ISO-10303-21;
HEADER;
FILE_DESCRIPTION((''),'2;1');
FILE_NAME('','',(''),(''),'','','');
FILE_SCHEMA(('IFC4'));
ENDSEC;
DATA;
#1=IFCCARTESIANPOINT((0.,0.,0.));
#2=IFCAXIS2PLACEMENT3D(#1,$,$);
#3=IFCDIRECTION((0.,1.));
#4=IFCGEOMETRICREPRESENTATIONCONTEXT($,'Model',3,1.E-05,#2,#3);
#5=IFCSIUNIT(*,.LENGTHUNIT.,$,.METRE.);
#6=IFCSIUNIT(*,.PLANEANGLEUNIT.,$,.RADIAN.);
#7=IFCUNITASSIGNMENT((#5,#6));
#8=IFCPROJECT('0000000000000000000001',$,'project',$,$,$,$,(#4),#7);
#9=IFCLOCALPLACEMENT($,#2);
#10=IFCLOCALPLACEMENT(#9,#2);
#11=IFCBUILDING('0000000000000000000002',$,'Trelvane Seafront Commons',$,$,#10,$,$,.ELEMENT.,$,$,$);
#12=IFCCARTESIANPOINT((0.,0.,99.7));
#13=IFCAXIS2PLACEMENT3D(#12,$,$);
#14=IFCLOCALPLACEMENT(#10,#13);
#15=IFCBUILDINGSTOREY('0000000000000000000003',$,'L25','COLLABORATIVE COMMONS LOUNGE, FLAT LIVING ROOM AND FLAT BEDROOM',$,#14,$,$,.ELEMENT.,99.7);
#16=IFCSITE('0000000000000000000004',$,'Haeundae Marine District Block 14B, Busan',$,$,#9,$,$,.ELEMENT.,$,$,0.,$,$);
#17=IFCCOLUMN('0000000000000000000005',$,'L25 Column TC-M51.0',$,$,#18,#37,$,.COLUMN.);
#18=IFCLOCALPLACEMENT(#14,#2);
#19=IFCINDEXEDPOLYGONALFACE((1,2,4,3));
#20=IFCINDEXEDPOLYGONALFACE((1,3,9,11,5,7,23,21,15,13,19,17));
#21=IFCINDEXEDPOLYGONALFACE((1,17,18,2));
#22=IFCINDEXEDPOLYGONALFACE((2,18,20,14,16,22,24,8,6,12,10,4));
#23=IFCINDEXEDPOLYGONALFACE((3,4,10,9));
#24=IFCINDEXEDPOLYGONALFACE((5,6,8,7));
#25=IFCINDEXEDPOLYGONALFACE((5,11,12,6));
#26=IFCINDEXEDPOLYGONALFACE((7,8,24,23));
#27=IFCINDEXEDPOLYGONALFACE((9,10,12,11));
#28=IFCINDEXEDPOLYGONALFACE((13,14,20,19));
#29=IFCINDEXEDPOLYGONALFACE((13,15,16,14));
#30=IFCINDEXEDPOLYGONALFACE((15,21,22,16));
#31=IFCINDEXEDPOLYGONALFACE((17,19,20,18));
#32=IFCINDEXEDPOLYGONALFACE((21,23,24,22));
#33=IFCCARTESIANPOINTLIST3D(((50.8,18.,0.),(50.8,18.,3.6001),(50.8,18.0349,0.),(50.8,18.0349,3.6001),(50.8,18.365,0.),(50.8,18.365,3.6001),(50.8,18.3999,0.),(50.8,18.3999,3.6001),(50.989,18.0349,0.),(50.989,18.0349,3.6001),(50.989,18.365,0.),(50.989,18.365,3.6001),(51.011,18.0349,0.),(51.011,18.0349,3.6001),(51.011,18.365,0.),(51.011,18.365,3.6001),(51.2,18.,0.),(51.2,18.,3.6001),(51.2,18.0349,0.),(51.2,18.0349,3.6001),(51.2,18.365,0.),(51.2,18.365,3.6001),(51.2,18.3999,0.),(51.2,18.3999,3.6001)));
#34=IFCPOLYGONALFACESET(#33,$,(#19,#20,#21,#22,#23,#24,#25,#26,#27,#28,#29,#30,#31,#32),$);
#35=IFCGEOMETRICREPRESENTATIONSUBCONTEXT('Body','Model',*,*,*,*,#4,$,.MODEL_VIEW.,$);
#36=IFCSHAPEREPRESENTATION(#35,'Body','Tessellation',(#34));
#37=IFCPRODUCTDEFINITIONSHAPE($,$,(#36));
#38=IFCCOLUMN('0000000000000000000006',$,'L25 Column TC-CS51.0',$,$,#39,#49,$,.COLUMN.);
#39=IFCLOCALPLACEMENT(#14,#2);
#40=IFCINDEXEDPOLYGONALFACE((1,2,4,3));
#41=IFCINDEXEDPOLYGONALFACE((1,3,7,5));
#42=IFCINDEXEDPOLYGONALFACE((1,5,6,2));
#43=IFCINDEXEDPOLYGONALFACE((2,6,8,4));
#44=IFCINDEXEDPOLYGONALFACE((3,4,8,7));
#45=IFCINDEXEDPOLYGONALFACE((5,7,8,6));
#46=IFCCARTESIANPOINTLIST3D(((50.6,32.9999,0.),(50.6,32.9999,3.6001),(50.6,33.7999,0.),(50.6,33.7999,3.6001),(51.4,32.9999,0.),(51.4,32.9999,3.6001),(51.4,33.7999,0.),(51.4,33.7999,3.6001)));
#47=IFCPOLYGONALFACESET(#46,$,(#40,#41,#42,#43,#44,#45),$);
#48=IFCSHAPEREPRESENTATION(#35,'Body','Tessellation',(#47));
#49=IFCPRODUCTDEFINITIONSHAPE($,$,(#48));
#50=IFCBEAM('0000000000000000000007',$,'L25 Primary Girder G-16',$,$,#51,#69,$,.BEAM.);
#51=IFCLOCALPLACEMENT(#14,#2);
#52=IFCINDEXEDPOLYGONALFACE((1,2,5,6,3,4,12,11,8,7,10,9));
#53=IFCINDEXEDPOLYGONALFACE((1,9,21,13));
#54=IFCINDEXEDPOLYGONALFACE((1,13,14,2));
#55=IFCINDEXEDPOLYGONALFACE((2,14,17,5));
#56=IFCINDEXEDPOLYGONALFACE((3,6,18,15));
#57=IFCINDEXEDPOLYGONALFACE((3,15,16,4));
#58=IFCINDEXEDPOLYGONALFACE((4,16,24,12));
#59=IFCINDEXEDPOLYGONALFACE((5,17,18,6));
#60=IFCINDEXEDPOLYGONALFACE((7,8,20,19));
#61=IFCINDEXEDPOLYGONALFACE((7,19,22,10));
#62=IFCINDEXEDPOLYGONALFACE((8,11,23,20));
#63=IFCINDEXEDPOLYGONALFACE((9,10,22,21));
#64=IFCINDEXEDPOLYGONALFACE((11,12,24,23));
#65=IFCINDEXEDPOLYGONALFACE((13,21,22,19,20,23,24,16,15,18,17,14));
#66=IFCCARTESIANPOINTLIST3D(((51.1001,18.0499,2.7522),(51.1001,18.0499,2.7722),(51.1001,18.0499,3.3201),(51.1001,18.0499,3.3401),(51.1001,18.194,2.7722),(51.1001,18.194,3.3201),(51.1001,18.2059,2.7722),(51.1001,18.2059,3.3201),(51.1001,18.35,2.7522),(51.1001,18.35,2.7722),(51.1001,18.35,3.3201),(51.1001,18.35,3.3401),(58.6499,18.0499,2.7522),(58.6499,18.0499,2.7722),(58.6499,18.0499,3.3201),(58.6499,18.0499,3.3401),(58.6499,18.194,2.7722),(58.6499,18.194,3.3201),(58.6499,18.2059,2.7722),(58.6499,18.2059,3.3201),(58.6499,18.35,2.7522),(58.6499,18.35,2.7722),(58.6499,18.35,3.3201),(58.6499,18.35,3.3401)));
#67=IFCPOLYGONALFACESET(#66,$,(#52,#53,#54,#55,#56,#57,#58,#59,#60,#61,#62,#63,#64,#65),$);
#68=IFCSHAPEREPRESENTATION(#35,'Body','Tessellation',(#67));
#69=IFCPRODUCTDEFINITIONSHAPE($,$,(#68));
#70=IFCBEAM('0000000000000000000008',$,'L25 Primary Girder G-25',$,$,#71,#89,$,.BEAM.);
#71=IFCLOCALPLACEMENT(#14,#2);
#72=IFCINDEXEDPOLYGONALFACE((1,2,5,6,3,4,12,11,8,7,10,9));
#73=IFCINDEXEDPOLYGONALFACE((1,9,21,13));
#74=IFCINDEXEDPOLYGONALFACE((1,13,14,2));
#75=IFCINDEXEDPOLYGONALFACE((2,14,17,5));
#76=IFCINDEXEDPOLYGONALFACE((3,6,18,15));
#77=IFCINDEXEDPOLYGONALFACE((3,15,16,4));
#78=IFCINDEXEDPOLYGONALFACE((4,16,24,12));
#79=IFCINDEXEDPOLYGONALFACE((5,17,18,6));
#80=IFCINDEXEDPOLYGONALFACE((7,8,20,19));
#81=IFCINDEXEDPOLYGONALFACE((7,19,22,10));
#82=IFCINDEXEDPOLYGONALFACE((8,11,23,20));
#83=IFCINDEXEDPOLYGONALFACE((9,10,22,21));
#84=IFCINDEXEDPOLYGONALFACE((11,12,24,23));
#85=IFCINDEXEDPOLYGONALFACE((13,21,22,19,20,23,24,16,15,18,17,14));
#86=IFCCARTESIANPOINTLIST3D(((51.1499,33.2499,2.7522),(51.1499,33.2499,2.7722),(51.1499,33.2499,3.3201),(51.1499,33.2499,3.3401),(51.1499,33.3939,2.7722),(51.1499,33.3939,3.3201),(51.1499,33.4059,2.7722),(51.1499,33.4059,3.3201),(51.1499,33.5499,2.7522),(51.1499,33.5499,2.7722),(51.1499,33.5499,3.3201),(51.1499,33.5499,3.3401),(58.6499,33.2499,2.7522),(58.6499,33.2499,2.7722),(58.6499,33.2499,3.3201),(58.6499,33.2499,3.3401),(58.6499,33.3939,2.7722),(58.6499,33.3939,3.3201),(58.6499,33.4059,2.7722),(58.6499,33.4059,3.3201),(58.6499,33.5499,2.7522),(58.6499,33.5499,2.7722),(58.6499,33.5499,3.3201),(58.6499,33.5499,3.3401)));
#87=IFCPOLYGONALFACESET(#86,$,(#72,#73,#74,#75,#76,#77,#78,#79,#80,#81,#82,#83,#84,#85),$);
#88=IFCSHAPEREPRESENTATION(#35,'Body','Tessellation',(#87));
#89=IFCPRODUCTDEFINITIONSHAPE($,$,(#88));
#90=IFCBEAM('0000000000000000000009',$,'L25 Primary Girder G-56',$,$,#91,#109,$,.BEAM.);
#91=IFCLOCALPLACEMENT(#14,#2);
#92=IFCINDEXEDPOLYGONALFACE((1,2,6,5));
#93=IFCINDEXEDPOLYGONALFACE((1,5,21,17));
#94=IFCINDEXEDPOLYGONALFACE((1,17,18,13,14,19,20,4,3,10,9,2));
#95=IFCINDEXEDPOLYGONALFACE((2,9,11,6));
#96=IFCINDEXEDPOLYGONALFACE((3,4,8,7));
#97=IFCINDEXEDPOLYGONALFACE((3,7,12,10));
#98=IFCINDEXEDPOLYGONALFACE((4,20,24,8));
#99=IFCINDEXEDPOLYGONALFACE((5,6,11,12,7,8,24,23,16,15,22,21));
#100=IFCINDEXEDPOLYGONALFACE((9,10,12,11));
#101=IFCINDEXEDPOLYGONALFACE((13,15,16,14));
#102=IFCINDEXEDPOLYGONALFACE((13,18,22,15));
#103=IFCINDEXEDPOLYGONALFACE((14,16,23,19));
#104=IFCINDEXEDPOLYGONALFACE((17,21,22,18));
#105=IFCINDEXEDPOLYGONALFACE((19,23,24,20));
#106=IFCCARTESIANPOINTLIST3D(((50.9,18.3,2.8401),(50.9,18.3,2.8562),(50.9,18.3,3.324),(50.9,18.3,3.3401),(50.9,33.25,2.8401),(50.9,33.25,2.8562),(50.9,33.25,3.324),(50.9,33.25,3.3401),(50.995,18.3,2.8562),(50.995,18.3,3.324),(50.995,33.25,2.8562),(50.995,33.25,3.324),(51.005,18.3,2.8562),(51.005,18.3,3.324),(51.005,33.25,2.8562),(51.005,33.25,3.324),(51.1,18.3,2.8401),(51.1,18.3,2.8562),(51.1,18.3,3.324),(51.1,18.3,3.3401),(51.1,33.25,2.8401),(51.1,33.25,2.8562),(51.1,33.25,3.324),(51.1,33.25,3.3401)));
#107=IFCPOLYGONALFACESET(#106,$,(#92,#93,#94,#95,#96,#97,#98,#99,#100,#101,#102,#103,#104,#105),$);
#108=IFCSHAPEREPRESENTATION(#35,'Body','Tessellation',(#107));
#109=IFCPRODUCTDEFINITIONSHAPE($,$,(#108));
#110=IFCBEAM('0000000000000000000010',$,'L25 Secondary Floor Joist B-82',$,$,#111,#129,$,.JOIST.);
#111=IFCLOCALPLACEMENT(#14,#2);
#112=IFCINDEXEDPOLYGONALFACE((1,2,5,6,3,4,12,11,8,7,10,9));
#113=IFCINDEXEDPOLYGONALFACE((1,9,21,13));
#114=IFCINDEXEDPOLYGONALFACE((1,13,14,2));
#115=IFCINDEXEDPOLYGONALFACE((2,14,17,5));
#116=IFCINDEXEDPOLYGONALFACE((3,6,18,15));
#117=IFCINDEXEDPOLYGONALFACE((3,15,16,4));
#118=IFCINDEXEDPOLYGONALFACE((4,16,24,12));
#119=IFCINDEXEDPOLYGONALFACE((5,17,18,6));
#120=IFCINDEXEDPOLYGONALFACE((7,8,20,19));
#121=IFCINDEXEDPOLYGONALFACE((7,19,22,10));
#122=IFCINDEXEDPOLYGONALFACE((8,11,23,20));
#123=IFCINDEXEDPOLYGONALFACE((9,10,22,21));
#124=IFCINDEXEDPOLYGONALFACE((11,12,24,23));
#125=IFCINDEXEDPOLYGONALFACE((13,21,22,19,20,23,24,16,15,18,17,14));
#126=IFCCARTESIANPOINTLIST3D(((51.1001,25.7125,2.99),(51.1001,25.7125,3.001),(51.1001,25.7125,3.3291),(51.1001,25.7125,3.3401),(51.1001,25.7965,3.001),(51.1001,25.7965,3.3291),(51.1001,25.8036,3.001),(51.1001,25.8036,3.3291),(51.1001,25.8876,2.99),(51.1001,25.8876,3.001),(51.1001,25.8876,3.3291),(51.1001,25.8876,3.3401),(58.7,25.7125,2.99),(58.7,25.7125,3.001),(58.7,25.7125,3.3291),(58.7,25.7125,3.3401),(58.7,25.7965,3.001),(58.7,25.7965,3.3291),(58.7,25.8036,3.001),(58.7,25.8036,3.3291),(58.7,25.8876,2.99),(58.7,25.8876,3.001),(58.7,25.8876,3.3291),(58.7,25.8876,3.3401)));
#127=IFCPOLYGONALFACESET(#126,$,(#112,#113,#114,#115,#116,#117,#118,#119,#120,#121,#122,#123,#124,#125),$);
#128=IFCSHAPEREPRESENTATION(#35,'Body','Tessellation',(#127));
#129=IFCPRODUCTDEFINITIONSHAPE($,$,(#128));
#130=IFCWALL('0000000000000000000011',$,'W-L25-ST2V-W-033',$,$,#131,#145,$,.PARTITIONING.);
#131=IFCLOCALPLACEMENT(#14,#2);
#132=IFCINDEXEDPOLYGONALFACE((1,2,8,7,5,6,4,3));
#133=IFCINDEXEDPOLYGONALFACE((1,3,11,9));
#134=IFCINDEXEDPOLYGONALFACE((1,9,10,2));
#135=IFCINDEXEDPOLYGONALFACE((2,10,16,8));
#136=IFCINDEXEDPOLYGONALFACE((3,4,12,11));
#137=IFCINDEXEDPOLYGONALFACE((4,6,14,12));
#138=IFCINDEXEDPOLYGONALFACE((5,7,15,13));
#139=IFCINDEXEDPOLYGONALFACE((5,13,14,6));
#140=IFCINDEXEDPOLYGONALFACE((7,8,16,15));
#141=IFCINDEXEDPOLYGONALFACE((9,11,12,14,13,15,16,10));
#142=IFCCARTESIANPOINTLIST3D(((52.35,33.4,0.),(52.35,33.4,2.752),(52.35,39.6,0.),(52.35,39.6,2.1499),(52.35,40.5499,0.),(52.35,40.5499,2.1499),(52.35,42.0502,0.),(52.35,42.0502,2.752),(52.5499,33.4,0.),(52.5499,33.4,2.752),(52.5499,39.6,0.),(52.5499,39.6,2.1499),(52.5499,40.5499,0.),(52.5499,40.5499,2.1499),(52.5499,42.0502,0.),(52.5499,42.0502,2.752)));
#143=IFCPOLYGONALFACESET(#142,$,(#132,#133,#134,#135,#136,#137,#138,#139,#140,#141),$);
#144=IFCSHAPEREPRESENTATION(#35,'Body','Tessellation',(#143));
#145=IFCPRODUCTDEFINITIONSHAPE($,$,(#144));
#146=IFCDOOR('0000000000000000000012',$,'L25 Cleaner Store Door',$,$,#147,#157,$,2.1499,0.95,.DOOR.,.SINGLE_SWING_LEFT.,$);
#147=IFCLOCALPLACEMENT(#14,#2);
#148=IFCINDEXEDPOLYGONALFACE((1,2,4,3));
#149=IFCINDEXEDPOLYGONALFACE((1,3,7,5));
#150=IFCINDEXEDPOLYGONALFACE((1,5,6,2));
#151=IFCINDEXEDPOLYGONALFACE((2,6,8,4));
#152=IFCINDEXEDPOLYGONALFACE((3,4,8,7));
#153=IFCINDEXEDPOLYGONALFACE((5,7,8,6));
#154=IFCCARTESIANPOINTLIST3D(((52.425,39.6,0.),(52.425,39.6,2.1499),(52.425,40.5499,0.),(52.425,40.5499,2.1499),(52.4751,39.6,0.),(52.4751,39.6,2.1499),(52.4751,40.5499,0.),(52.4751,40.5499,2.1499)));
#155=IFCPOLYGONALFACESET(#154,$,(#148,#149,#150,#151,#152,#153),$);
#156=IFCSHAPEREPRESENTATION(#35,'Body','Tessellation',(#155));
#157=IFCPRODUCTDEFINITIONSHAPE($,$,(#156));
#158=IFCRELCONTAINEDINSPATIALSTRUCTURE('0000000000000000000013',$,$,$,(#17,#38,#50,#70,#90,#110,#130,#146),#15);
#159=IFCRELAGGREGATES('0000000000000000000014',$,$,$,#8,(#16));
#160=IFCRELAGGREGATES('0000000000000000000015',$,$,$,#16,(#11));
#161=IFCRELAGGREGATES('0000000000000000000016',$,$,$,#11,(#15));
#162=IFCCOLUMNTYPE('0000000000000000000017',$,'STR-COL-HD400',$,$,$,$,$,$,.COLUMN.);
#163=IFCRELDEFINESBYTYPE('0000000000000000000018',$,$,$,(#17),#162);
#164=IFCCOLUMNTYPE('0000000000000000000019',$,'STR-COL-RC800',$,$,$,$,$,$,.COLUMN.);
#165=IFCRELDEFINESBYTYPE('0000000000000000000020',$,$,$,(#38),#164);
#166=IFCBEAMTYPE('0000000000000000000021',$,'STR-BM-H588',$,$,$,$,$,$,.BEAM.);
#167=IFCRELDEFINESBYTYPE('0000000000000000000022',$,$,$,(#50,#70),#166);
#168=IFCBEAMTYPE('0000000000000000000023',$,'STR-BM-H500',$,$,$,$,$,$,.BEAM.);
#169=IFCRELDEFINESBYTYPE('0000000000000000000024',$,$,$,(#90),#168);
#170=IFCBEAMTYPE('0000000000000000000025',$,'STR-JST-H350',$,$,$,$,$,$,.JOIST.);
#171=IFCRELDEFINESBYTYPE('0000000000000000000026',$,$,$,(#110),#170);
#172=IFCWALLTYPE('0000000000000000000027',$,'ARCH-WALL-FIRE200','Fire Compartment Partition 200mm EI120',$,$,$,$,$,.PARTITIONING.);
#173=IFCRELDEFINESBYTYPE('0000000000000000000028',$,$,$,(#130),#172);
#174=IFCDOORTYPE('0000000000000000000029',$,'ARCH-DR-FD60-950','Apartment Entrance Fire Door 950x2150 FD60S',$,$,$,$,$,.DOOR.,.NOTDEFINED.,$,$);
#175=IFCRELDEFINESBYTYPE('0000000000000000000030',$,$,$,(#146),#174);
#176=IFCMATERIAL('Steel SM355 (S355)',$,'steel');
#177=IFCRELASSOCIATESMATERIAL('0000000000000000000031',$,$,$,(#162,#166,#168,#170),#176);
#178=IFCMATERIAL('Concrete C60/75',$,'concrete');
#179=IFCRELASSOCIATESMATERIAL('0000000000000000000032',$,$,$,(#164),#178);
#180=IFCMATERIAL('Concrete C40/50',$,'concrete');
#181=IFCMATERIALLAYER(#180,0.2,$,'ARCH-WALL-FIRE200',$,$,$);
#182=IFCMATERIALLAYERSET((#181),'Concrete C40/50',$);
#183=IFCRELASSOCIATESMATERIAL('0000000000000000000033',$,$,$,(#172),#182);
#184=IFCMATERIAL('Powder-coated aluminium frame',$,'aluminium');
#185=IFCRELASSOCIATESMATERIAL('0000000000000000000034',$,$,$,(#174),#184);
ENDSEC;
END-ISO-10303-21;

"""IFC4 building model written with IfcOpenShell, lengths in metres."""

from ifc_helpers import new_model, si_unit, direction, frame, frame_2d, origin, origin_2d, place, context, subcontext, project, spatial, rectangle, i_section, extrude, source, transform, mapped, material, layer, layer_set, material_profile, profile_set, type_object, element, fill, save


model = new_model("IFC4")

# Units and contexts
model_context = context("Model", 3, precision=1e-05, world=origin(), true_north=direction((0.0, 1.0)))
body_context = subcontext(model_context, "Body", "Model", "MODEL_VIEW")
ifc_project = project(units=[si_unit("LENGTHUNIT", "METRE"), si_unit("PLANEANGLEUNIT", "RADIAN")], contexts=[model_context])

# Site, building, storey
site_placement = place(None, origin())
site = spatial("IfcSite", under=ifc_project, at=site_placement, Name="Haeundae Marine District Block 14B, Busan", CompositionType="ELEMENT", RefElevation=0.0)
building_placement = place(site_placement, origin())
building = spatial("IfcBuilding", under=site, at=building_placement, Name="Trelvane Seafront Commons", CompositionType="ELEMENT")
storey_placement = place(building_placement, frame((0.0, 0.0, 99.7)))
storey = spatial("IfcBuildingStorey", under=building, at=storey_placement, Name="L25", Description="COLLABORATIVE COMMONS LOUNGE, FLAT LIVING ROOM AND FLAT BEDROOM", CompositionType="ELEMENT", Elevation=99.7)

# Columns
ifc_material_1 = material(Name="Steel SM355 (S355)", Category="steel")
ifc_material_profile_1 = material_profile(ifc_material_1, i_section(OverallWidth=0.3999, OverallDepth=0.3999, WebThickness=0.022, FlangeThickness=0.0349, at=origin_2d()), Name="HD-400x400x22x35")
ifc_profile_set_1 = profile_set([ifc_material_profile_1], Name="Steel SM355 (S355)")
column_type_1 = type_object("IfcColumnType", Name="STR-COL-HD400", PredefinedType="COLUMN", material=ifc_profile_set_1)
shared_shape_1 = source(origin(), body_context, "Body", "SweptSolid", [
    extrude(i_section(OverallWidth=0.3999, OverallDepth=0.3999, WebThickness=0.022, FlangeThickness=0.0349, at=origin_2d()), origin(), (0.0, 0.0, 1.0), 3.6001),
])
column_1_placement = place(storey_placement, frame((51.0, 18.2, 0.0), z_axis=(0.0, 0.0, 1.0), x_axis=(1.0, 0.0, 0.0)))
element("IfcColumn", 1, at=column_1_placement, inside=storey, type_object=column_type_1, Name="L25 Column TC-M51.0", PredefinedType="COLUMN", context=body_context, shape_type="MappedRepresentation", body=[
    mapped(shared_shape_1, transform((0.0, 0.0, 0.0), x_axis=(1.0, 0.0, 0.0), y_axis=(0.0, 1.0, 0.0), z_axis=(0.0, 0.0, 1.0), scale=1.0)),
])
ifc_material_2 = material(Name="Concrete C60/75", Category="concrete")
ifc_material_profile_2 = material_profile(ifc_material_2, rectangle(XDim=0.8, YDim=0.8, at=origin_2d()), Name="RC-800x800")
ifc_profile_set_2 = profile_set([ifc_material_profile_2], Name="Concrete C60/75")
column_type_2 = type_object("IfcColumnType", Name="STR-COL-RC800", PredefinedType="COLUMN", material=ifc_profile_set_2)
shared_shape_2 = source(origin(), body_context, "Body", "SweptSolid", [
    extrude(rectangle(XDim=0.8, YDim=0.8, at=origin_2d()), origin(), (0.0, 0.0, 1.0), 3.6001),
])
column_2_placement = place(storey_placement, frame((51.0, 33.3999, 0.0), z_axis=(0.0, 0.0, 1.0), x_axis=(1.0, 0.0, 0.0)))
element("IfcColumn", 2, at=column_2_placement, inside=storey, type_object=column_type_2, Name="L25 Column TC-CS51.0", PredefinedType="COLUMN", context=body_context, shape_type="MappedRepresentation", body=[
    mapped(shared_shape_2, transform((0.0, 0.0, 0.0), x_axis=(1.0, 0.0, 0.0), y_axis=(0.0, 1.0, 0.0), z_axis=(0.0, 0.0, 1.0), scale=1.0)),
])

# Beams
ifc_material_profile_3 = material_profile(ifc_material_1, i_section(OverallWidth=0.3, OverallDepth=0.5879, WebThickness=0.012, FlangeThickness=0.02, at=origin_2d()), Name="H-588x300x12x20")
ifc_profile_set_3 = profile_set([ifc_material_profile_3], Name="Steel SM355 (S355)")
beam_type_1 = type_object("IfcBeamType", Name="STR-BM-H588", PredefinedType="BEAM", material=ifc_profile_set_3)
shared_shape_3 = source(origin(), body_context, "Body", "SweptSolid", [
    extrude(i_section(OverallWidth=0.3, OverallDepth=0.5879, WebThickness=0.012, FlangeThickness=0.02, at=origin_2d()), origin(), (0.0, 0.0, 1.0), 7.5498),
])
beam_1_placement = place(storey_placement, frame((51.1001, 18.2, 3.0461), z_axis=(1.0, 0.0, 0.0), x_axis=(0.0, 1.0, 0.0)))
element("IfcBeam", 3, at=beam_1_placement, inside=storey, type_object=beam_type_1, Name="L25 Primary Girder G-16", PredefinedType="BEAM", context=body_context, shape_type="MappedRepresentation", body=[
    mapped(shared_shape_3, transform((0.0, 0.0, 0.0), x_axis=(1.0, 0.0, 0.0), y_axis=(0.0, 1.0, 0.0), z_axis=(0.0, 0.0, 1.0), scale=1.0)),
])
shared_shape_4 = source(origin(), body_context, "Body", "SweptSolid", [
    extrude(i_section(OverallWidth=0.3, OverallDepth=0.5879, WebThickness=0.012, FlangeThickness=0.02, at=origin_2d()), origin(), (0.0, 0.0, 1.0), 7.5),
])
beam_2_placement = place(storey_placement, frame((51.1499, 33.3999, 3.0461), z_axis=(1.0, 0.0, 0.0), x_axis=(0.0, 1.0, 0.0)))
element("IfcBeam", 4, at=beam_2_placement, inside=storey, type_object=beam_type_1, Name="L25 Primary Girder G-25", PredefinedType="BEAM", context=body_context, shape_type="MappedRepresentation", body=[
    mapped(shared_shape_4, transform((0.0, 0.0, 0.0), x_axis=(1.0, 0.0, 0.0), y_axis=(0.0, 1.0, 0.0), z_axis=(0.0, 0.0, 1.0), scale=1.0)),
])
ifc_material_profile_4 = material_profile(ifc_material_1, i_section(OverallWidth=0.2, OverallDepth=0.5, WebThickness=0.01, FlangeThickness=0.0161, at=origin_2d()), Name="H-500x200x10x16")
ifc_profile_set_4 = profile_set([ifc_material_profile_4], Name="Steel SM355 (S355)")
beam_type_2 = type_object("IfcBeamType", Name="STR-BM-H500", PredefinedType="BEAM", material=ifc_profile_set_4)
shared_shape_5 = source(origin(), body_context, "Body", "SweptSolid", [
    extrude(i_section(OverallWidth=0.2, OverallDepth=0.5, WebThickness=0.01, FlangeThickness=0.0161, at=origin_2d()), origin(), (0.0, 0.0, 1.0), 14.95),
])
beam_3_placement = place(storey_placement, frame((51.0, 18.3, 3.0901), z_axis=(0.0, 1.0, 0.0), x_axis=(-1.0, 0.0, 0.0)))
element("IfcBeam", 5, at=beam_3_placement, inside=storey, type_object=beam_type_2, Name="L25 Primary Girder G-56", PredefinedType="BEAM", context=body_context, shape_type="MappedRepresentation", body=[
    mapped(shared_shape_5, transform((0.0, 0.0, 0.0), x_axis=(1.0, 0.0, 0.0), y_axis=(0.0, 1.0, 0.0), z_axis=(0.0, 0.0, 1.0), scale=1.0)),
])
ifc_material_profile_5 = material_profile(ifc_material_1, i_section(OverallWidth=0.175, OverallDepth=0.3501, WebThickness=0.0071, FlangeThickness=0.011, at=origin_2d()), Name="H-350x175x7x11")
ifc_profile_set_5 = profile_set([ifc_material_profile_5], Name="Steel SM355 (S355)")
beam_type_3 = type_object("IfcBeamType", Name="STR-JST-H350", PredefinedType="JOIST", material=ifc_profile_set_5)
shared_shape_6 = source(origin(), body_context, "Body", "SweptSolid", [
    extrude(i_section(OverallWidth=0.175, OverallDepth=0.3501, WebThickness=0.0071, FlangeThickness=0.011, at=origin_2d()), origin(), (0.0, 0.0, 1.0), 7.5999),
])
beam_4_placement = place(storey_placement, frame((51.1001, 25.8, 3.165), z_axis=(1.0, 0.0, 0.0), x_axis=(0.0, 1.0, 0.0)))
element("IfcBeam", 6, at=beam_4_placement, inside=storey, type_object=beam_type_3, Name="L25 Secondary Floor Joist B-82", PredefinedType="JOIST", context=body_context, shape_type="MappedRepresentation", body=[
    mapped(shared_shape_6, transform((0.0, 0.0, 0.0), x_axis=(1.0, 0.0, 0.0), y_axis=(0.0, 1.0, 0.0), z_axis=(0.0, 0.0, 1.0), scale=1.0)),
])

# Wall, opening, door
ifc_material_3 = material(Name="Concrete C40/50", Category="concrete")
ifc_layer_1 = layer(ifc_material_3, 0.2, Name="ARCH-WALL-FIRE200")
ifc_layer_set_1 = layer_set([ifc_layer_1], Name="Concrete C40/50")
wall_type_1 = type_object("IfcWallType", Name="ARCH-WALL-FIRE200", Description="Fire Compartment Partition 200mm EI120", PredefinedType="PARTITIONING", material=ifc_layer_set_1)
wall_1_placement = place(storey_placement, frame((52.45, 33.3999, 0.0), z_axis=(0.0, 0.0, 1.0), x_axis=(0.0, 1.0, 0.0)))
wall_1 = element("IfcWall", 7, at=wall_1_placement, inside=storey, type_object=wall_type_1, Name="W-L25-ST2V-W-033", PredefinedType="PARTITIONING", context=body_context, shape_type="SweptSolid", body=[
    extrude(rectangle(XDim=8.6501, YDim=0.2, at=frame_2d((4.3252, 0.0))), origin(), (0.0, 0.0, 1.0), 2.752),
])
opening_1_placement = place(wall_1_placement, frame((6.2, 0.0, 0.0)))
opening_1 = element("IfcOpeningElement", 8, at=opening_1_placement, cuts=wall_1, PredefinedType="OPENING", context=body_context, shape_type="SweptSolid", body=[
    extrude(rectangle(XDim=0.95, YDim=2.1499, at=frame_2d((0.4751, 1.075))), frame((0.0, 0.1099, 0.0), z_axis=(0.0, -1.0, 0.0), x_axis=(1.0, 0.0, 0.0)), (0.0, 0.0, 1.0), 0.22),
])
ifc_material_4 = material(Name="Powder-coated aluminium frame", Category="aluminium")
door_type_1 = type_object("IfcDoorType", Name="ARCH-DR-FD60-950", Description="Apartment Entrance Fire Door 950x2150 FD60S", OperationType="NOTDEFINED", PredefinedType="DOOR", material=ifc_material_4)
shared_shape_7 = source(origin(), body_context, "Body", "SweptSolid", [
    extrude(rectangle(XDim=0.95, YDim=2.1499, at=frame_2d((0.4751, 1.075))), frame((0.0, 0.0249, 0.0), z_axis=(0.0, -1.0, 0.0), x_axis=(1.0, 0.0, 0.0)), (0.0, 0.0, 1.0), 0.05),
])
door_1_placement = place(opening_1_placement, origin())
door_1 = element("IfcDoor", 9, at=door_1_placement, inside=storey, type_object=door_type_1, Name="L25 Cleaner Store Door", OperationType="SINGLE_SWING_LEFT", OverallHeight=2.1499, OverallWidth=0.95, PredefinedType="DOOR", context=body_context, shape_type="MappedRepresentation", body=[
    mapped(shared_shape_7, transform((0.0, 0.0, 0.0), x_axis=(1.0, 0.0, 0.0), y_axis=(0.0, 1.0, 0.0), z_axis=(0.0, 0.0, 1.0), scale=1.0)),
])
fill(opening_1, door_1)

save(model, "model.ifc")
